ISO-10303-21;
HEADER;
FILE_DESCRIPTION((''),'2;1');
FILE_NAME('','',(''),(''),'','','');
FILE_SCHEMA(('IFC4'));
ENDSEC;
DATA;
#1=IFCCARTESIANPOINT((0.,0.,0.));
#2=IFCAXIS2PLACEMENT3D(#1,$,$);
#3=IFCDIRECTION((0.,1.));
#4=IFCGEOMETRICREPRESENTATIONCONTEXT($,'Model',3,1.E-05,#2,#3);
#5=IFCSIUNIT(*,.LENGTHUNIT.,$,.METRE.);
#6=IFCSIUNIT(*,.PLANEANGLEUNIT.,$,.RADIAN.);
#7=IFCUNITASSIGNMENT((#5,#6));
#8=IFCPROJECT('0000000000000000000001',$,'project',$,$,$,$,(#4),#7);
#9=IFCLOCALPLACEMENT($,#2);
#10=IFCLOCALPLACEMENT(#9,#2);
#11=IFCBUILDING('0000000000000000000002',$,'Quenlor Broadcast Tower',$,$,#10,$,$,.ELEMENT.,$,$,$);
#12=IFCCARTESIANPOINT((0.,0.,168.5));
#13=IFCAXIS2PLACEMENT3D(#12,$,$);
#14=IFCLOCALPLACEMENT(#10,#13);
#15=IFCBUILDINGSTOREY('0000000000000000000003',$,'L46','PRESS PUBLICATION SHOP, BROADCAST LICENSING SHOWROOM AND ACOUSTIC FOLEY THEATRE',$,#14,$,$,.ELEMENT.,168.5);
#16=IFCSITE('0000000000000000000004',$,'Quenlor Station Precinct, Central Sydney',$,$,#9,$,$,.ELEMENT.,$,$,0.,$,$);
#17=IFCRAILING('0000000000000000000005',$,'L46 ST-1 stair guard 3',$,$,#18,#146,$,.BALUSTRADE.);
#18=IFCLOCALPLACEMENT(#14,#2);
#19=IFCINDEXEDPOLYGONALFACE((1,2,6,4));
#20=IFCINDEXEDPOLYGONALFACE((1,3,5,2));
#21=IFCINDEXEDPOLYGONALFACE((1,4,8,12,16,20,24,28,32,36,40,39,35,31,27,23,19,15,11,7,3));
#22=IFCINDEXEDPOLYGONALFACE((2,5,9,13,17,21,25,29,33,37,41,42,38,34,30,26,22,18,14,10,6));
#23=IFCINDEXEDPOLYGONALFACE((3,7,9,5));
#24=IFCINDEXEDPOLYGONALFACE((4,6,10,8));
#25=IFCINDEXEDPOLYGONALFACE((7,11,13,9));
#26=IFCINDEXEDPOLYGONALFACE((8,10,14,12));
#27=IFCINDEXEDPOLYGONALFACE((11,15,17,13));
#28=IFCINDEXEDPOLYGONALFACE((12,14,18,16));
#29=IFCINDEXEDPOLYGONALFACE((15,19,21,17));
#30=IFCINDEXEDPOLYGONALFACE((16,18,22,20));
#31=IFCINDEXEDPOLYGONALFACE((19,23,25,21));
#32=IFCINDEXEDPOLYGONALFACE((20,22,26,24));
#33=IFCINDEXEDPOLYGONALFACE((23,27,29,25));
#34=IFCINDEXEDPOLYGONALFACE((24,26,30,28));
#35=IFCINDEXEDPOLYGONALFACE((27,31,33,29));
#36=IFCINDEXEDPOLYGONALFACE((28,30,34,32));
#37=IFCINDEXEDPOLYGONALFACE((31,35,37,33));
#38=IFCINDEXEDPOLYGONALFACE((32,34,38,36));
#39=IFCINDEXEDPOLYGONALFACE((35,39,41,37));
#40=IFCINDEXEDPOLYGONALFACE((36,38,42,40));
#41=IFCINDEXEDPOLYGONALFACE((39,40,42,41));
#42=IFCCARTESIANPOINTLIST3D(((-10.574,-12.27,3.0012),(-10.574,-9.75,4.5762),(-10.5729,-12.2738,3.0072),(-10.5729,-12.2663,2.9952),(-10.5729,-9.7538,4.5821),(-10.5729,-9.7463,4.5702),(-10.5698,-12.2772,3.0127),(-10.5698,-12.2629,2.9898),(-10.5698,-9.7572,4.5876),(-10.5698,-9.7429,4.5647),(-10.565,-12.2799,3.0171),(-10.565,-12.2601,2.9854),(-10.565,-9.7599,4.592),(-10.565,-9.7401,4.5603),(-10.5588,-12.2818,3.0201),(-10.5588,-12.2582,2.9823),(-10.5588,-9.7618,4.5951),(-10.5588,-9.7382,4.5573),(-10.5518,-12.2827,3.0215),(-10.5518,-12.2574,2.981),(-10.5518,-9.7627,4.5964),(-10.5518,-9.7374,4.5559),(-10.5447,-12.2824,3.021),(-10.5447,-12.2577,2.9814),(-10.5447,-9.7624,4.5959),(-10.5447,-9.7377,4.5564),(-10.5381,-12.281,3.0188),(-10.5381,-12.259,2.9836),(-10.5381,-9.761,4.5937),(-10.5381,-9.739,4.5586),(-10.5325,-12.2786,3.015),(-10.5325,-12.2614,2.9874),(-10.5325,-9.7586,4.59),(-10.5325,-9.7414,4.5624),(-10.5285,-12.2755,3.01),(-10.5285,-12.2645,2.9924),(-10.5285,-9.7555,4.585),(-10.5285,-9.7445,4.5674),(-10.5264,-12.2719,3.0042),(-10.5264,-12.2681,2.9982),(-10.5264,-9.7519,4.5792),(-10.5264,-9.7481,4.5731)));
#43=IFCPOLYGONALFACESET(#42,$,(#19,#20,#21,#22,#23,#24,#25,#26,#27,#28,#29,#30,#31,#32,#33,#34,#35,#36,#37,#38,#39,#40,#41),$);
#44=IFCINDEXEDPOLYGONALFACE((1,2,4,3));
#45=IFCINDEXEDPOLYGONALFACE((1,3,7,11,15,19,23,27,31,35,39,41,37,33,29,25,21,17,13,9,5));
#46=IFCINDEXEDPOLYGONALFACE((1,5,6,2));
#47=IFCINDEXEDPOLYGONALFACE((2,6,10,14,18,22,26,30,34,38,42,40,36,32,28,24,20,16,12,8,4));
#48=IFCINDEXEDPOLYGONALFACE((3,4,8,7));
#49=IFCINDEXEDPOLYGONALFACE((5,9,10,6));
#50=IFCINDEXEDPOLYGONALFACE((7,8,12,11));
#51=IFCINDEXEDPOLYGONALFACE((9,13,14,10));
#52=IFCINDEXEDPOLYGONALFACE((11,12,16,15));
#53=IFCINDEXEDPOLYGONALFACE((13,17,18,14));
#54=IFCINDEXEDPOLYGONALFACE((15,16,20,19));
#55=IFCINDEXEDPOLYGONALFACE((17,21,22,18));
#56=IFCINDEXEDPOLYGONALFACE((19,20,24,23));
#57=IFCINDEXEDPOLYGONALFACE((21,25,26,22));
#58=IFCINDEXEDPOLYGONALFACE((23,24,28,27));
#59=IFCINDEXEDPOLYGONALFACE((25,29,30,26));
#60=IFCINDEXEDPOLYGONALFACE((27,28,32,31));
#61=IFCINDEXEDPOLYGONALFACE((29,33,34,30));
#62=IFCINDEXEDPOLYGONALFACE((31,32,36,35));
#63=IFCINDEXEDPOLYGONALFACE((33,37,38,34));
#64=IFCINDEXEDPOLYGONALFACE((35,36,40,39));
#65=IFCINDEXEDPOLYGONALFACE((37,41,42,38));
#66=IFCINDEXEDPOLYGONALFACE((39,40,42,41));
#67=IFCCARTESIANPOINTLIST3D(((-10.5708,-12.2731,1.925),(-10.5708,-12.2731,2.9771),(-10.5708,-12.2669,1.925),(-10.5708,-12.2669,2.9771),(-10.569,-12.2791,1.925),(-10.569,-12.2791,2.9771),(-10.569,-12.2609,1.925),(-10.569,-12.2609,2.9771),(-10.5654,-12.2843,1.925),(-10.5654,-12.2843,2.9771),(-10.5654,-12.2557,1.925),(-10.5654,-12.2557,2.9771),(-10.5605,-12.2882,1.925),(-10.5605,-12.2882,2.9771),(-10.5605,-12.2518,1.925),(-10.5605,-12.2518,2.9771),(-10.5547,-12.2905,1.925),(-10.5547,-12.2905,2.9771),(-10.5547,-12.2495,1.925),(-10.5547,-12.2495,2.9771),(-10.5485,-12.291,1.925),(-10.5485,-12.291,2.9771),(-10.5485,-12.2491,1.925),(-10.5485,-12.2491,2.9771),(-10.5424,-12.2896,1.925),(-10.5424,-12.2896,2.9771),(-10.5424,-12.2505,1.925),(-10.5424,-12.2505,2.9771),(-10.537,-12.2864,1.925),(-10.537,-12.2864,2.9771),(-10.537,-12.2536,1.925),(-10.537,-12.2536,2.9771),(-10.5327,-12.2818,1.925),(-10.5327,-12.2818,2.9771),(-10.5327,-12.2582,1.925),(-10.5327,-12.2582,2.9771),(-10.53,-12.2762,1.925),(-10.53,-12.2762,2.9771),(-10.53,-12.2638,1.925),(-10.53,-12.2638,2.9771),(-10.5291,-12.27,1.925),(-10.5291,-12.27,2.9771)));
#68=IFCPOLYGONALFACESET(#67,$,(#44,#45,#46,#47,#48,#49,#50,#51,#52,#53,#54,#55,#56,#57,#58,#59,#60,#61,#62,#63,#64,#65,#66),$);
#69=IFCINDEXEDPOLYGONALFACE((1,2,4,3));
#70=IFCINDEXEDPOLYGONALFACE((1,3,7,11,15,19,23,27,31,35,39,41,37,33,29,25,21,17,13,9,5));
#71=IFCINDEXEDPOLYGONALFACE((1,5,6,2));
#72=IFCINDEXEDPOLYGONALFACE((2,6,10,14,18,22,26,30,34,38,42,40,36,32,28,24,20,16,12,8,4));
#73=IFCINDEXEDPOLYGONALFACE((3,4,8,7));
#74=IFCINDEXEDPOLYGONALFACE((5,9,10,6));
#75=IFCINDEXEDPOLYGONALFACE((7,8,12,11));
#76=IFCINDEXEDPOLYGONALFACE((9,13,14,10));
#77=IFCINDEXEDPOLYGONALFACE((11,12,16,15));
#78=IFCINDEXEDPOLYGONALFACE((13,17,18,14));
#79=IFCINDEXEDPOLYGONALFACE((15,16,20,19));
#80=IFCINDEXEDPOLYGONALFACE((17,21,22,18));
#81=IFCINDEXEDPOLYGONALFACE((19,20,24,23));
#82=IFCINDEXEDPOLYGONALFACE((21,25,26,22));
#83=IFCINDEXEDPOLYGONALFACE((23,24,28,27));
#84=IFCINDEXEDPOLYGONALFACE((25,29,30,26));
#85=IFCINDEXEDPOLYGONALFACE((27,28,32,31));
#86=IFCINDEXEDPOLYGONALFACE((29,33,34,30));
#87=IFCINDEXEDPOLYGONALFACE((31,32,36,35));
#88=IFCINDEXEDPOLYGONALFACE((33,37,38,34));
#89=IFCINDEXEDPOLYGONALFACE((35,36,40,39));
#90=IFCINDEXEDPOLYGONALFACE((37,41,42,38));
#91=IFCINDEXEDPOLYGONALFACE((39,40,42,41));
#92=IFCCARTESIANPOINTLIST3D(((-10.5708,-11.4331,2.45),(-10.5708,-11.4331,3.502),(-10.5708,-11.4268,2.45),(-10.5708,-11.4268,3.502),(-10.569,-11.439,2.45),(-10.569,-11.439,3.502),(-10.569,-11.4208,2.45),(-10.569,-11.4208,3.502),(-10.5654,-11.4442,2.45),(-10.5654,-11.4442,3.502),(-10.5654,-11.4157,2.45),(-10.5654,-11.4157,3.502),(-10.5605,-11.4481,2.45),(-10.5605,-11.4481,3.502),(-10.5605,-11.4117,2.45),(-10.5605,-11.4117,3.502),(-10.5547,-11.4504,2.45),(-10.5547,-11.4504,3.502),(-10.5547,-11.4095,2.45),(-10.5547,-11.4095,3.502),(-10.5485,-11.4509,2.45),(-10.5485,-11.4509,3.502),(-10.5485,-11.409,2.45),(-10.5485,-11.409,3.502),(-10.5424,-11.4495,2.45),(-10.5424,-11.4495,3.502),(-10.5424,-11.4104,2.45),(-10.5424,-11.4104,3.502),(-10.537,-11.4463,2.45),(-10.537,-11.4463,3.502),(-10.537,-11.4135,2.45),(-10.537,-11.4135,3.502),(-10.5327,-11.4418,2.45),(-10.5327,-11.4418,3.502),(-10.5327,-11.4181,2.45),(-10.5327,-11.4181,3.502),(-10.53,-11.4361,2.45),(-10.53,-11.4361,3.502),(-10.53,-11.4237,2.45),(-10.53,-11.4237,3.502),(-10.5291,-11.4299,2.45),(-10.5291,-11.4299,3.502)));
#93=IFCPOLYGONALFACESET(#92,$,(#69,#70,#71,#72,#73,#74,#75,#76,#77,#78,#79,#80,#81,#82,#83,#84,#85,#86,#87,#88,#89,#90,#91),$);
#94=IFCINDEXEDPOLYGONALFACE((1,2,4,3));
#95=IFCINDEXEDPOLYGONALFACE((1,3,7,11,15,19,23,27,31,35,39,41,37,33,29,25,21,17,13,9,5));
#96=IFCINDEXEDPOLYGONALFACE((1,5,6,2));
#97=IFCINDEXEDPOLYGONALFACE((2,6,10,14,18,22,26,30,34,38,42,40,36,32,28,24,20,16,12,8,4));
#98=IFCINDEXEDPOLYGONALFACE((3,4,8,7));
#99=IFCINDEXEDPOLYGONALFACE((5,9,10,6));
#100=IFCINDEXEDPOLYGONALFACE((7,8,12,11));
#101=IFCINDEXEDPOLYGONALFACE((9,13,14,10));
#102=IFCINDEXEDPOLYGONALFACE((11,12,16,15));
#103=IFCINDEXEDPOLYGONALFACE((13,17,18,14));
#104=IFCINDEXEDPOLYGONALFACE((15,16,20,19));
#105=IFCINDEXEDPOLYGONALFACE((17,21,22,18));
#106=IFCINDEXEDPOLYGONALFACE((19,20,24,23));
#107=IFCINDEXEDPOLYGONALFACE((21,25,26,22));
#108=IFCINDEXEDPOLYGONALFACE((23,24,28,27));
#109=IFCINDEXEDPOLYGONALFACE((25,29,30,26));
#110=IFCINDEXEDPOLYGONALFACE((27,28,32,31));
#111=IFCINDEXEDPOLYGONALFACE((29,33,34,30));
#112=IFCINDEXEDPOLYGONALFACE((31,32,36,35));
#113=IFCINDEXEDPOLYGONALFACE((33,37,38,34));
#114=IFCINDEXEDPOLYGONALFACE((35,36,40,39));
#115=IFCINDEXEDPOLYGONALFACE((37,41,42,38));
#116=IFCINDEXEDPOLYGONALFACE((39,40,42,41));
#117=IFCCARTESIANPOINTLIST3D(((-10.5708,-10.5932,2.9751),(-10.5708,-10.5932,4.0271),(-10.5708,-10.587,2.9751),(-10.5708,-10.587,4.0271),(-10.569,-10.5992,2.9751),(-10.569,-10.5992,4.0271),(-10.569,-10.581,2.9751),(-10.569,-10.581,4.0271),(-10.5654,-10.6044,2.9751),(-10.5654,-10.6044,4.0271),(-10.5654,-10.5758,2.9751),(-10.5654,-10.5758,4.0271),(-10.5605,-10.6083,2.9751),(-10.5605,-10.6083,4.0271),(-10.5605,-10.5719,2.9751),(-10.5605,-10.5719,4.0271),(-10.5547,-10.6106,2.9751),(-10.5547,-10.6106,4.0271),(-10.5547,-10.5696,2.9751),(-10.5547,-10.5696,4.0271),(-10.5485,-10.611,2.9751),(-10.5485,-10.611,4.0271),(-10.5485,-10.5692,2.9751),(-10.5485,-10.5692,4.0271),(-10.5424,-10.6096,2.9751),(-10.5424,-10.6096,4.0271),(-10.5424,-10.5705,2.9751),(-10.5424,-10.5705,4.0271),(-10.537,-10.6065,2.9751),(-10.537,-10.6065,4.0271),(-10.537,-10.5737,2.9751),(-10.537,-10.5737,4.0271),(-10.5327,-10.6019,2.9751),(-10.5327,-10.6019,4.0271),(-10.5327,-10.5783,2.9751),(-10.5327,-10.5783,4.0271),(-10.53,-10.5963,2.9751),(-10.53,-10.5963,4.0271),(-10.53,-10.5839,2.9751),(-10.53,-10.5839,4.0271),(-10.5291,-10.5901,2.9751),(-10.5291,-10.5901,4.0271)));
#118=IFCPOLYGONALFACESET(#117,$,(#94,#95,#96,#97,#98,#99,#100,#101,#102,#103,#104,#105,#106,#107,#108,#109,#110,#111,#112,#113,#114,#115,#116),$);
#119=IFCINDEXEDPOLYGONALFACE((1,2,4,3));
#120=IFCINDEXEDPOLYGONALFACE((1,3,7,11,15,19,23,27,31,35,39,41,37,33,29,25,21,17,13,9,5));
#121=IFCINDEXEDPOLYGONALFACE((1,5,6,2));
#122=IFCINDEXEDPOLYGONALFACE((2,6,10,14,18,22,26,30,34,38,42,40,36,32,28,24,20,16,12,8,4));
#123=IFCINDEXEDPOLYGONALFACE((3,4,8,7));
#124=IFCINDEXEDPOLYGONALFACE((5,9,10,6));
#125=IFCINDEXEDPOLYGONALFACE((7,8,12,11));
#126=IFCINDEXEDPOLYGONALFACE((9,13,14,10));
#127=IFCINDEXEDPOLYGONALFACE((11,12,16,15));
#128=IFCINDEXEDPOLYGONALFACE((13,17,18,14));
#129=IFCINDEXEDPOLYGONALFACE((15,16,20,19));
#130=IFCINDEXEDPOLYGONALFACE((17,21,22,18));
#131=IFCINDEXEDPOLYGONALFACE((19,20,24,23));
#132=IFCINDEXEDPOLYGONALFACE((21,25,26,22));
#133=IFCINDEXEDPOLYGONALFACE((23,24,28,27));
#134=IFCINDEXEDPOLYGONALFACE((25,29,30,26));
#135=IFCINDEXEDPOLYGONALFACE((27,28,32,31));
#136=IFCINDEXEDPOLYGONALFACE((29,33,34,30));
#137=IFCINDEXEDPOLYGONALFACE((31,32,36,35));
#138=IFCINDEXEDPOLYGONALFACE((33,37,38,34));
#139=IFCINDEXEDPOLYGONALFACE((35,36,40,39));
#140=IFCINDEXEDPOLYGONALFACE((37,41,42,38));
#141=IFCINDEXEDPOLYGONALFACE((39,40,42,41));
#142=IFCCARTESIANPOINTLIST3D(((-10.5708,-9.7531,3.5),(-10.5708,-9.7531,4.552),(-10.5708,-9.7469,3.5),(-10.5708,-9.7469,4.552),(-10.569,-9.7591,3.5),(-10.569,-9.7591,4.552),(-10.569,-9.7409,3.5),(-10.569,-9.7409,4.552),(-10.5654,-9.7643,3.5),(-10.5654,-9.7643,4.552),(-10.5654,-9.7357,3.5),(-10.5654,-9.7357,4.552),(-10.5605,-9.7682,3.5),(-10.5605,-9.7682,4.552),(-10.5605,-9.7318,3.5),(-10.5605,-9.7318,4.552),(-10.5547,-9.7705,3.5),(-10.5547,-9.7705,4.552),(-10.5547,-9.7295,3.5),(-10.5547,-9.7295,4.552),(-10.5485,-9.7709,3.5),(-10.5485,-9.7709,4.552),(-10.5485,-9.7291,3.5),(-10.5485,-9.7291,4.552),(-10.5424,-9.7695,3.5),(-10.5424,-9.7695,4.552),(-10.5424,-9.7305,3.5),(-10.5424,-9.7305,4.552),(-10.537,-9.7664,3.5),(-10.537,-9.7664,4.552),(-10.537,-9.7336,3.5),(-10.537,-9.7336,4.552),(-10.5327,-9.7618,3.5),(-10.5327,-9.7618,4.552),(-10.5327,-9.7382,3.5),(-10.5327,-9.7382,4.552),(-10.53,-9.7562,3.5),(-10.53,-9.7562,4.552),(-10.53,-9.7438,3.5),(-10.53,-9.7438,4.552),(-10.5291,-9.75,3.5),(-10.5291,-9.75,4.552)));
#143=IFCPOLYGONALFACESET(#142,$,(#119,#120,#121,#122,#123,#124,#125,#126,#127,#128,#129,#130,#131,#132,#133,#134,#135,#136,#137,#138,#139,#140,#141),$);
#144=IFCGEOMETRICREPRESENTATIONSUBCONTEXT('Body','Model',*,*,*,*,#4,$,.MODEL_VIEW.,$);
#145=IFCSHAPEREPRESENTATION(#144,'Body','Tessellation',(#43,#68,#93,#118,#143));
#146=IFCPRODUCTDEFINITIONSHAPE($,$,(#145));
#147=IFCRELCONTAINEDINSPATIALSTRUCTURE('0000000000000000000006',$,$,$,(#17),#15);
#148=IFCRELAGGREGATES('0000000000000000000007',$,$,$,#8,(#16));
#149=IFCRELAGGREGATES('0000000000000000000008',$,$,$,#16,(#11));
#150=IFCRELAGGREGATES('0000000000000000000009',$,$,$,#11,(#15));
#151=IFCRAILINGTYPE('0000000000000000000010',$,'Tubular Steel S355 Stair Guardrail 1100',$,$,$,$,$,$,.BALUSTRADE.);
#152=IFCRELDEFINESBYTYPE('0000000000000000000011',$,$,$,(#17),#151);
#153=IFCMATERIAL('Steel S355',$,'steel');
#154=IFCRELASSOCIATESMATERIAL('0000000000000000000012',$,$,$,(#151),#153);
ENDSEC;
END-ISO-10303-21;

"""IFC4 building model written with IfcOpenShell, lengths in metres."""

from ifc_helpers import new_model, si_unit, direction, frame, origin, origin_2d, place, context, subcontext, project, spatial, circle, extrude, material, type_object, element, save


model = new_model("IFC4")

# Units and contexts
model_context = context("Model", 3, precision=1e-05, world=origin(), true_north=direction((0.0, 1.0)))
body_context = subcontext(model_context, "Body", "Model", "MODEL_VIEW")
ifc_project = project(units=[si_unit("LENGTHUNIT", "METRE"), si_unit("PLANEANGLEUNIT", "RADIAN")], contexts=[model_context])

# Site, building, storey
site_placement = place(None, origin())
site = spatial("IfcSite", under=ifc_project, at=site_placement, Name="Quenlor Station Precinct, Central Sydney", CompositionType="ELEMENT", RefElevation=0.0)
building_placement = place(site_placement, origin())
building = spatial("IfcBuilding", under=site, at=building_placement, Name="Quenlor Broadcast Tower", CompositionType="ELEMENT")
storey_placement = place(building_placement, frame((0.0, 0.0, 168.5)))
storey = spatial("IfcBuildingStorey", under=building, at=storey_placement, Name="L46", Description="PRESS PUBLICATION SHOP, BROADCAST LICENSING SHOWROOM AND ACOUSTIC FOLEY THEATRE", CompositionType="ELEMENT", Elevation=168.5)

# Railing
ifc_material_1 = material(Name="Steel S355", Category="steel")
railing_type_1 = type_object("IfcRailingType", Name="Tubular Steel S355 Stair Guardrail 1100", PredefinedType="BALUSTRADE", material=ifc_material_1)
railing_1_placement = place(storey_placement, frame((-10.55, -12.27, 1.925)))
element("IfcRailing", 1, at=railing_1_placement, inside=storey, type_object=railing_type_1, Name="L46 ST-1 stair guard 3", PredefinedType="BALUSTRADE", context=body_context, shape_type="SweptSolid", body=[
    extrude(circle(Radius=0.0239, at=origin_2d()), frame((0.0, 0.0, 1.0762), z_axis=(0.0, 0.848008, 0.529984), x_axis=(-1.0, 0.0, 0.0)), (0.0, 0.0, 1.0), 2.9717),
    extrude(circle(Radius=0.021, at=origin_2d()), origin(), (0.0, 0.0, 1.0), 1.052),
    extrude(circle(Radius=0.021, at=origin_2d()), frame((0.0, 0.8401, 0.5249)), (0.0, 0.0, 1.0), 1.052),
    extrude(circle(Radius=0.021, at=origin_2d()), frame((0.0, 1.6799, 1.05)), (0.0, 0.0, 1.0), 1.052),
    extrude(circle(Radius=0.021, at=origin_2d()), frame((0.0, 2.52, 1.575)), (0.0, 0.0, 1.0), 1.052),
])

save(model, "model.ifc")
